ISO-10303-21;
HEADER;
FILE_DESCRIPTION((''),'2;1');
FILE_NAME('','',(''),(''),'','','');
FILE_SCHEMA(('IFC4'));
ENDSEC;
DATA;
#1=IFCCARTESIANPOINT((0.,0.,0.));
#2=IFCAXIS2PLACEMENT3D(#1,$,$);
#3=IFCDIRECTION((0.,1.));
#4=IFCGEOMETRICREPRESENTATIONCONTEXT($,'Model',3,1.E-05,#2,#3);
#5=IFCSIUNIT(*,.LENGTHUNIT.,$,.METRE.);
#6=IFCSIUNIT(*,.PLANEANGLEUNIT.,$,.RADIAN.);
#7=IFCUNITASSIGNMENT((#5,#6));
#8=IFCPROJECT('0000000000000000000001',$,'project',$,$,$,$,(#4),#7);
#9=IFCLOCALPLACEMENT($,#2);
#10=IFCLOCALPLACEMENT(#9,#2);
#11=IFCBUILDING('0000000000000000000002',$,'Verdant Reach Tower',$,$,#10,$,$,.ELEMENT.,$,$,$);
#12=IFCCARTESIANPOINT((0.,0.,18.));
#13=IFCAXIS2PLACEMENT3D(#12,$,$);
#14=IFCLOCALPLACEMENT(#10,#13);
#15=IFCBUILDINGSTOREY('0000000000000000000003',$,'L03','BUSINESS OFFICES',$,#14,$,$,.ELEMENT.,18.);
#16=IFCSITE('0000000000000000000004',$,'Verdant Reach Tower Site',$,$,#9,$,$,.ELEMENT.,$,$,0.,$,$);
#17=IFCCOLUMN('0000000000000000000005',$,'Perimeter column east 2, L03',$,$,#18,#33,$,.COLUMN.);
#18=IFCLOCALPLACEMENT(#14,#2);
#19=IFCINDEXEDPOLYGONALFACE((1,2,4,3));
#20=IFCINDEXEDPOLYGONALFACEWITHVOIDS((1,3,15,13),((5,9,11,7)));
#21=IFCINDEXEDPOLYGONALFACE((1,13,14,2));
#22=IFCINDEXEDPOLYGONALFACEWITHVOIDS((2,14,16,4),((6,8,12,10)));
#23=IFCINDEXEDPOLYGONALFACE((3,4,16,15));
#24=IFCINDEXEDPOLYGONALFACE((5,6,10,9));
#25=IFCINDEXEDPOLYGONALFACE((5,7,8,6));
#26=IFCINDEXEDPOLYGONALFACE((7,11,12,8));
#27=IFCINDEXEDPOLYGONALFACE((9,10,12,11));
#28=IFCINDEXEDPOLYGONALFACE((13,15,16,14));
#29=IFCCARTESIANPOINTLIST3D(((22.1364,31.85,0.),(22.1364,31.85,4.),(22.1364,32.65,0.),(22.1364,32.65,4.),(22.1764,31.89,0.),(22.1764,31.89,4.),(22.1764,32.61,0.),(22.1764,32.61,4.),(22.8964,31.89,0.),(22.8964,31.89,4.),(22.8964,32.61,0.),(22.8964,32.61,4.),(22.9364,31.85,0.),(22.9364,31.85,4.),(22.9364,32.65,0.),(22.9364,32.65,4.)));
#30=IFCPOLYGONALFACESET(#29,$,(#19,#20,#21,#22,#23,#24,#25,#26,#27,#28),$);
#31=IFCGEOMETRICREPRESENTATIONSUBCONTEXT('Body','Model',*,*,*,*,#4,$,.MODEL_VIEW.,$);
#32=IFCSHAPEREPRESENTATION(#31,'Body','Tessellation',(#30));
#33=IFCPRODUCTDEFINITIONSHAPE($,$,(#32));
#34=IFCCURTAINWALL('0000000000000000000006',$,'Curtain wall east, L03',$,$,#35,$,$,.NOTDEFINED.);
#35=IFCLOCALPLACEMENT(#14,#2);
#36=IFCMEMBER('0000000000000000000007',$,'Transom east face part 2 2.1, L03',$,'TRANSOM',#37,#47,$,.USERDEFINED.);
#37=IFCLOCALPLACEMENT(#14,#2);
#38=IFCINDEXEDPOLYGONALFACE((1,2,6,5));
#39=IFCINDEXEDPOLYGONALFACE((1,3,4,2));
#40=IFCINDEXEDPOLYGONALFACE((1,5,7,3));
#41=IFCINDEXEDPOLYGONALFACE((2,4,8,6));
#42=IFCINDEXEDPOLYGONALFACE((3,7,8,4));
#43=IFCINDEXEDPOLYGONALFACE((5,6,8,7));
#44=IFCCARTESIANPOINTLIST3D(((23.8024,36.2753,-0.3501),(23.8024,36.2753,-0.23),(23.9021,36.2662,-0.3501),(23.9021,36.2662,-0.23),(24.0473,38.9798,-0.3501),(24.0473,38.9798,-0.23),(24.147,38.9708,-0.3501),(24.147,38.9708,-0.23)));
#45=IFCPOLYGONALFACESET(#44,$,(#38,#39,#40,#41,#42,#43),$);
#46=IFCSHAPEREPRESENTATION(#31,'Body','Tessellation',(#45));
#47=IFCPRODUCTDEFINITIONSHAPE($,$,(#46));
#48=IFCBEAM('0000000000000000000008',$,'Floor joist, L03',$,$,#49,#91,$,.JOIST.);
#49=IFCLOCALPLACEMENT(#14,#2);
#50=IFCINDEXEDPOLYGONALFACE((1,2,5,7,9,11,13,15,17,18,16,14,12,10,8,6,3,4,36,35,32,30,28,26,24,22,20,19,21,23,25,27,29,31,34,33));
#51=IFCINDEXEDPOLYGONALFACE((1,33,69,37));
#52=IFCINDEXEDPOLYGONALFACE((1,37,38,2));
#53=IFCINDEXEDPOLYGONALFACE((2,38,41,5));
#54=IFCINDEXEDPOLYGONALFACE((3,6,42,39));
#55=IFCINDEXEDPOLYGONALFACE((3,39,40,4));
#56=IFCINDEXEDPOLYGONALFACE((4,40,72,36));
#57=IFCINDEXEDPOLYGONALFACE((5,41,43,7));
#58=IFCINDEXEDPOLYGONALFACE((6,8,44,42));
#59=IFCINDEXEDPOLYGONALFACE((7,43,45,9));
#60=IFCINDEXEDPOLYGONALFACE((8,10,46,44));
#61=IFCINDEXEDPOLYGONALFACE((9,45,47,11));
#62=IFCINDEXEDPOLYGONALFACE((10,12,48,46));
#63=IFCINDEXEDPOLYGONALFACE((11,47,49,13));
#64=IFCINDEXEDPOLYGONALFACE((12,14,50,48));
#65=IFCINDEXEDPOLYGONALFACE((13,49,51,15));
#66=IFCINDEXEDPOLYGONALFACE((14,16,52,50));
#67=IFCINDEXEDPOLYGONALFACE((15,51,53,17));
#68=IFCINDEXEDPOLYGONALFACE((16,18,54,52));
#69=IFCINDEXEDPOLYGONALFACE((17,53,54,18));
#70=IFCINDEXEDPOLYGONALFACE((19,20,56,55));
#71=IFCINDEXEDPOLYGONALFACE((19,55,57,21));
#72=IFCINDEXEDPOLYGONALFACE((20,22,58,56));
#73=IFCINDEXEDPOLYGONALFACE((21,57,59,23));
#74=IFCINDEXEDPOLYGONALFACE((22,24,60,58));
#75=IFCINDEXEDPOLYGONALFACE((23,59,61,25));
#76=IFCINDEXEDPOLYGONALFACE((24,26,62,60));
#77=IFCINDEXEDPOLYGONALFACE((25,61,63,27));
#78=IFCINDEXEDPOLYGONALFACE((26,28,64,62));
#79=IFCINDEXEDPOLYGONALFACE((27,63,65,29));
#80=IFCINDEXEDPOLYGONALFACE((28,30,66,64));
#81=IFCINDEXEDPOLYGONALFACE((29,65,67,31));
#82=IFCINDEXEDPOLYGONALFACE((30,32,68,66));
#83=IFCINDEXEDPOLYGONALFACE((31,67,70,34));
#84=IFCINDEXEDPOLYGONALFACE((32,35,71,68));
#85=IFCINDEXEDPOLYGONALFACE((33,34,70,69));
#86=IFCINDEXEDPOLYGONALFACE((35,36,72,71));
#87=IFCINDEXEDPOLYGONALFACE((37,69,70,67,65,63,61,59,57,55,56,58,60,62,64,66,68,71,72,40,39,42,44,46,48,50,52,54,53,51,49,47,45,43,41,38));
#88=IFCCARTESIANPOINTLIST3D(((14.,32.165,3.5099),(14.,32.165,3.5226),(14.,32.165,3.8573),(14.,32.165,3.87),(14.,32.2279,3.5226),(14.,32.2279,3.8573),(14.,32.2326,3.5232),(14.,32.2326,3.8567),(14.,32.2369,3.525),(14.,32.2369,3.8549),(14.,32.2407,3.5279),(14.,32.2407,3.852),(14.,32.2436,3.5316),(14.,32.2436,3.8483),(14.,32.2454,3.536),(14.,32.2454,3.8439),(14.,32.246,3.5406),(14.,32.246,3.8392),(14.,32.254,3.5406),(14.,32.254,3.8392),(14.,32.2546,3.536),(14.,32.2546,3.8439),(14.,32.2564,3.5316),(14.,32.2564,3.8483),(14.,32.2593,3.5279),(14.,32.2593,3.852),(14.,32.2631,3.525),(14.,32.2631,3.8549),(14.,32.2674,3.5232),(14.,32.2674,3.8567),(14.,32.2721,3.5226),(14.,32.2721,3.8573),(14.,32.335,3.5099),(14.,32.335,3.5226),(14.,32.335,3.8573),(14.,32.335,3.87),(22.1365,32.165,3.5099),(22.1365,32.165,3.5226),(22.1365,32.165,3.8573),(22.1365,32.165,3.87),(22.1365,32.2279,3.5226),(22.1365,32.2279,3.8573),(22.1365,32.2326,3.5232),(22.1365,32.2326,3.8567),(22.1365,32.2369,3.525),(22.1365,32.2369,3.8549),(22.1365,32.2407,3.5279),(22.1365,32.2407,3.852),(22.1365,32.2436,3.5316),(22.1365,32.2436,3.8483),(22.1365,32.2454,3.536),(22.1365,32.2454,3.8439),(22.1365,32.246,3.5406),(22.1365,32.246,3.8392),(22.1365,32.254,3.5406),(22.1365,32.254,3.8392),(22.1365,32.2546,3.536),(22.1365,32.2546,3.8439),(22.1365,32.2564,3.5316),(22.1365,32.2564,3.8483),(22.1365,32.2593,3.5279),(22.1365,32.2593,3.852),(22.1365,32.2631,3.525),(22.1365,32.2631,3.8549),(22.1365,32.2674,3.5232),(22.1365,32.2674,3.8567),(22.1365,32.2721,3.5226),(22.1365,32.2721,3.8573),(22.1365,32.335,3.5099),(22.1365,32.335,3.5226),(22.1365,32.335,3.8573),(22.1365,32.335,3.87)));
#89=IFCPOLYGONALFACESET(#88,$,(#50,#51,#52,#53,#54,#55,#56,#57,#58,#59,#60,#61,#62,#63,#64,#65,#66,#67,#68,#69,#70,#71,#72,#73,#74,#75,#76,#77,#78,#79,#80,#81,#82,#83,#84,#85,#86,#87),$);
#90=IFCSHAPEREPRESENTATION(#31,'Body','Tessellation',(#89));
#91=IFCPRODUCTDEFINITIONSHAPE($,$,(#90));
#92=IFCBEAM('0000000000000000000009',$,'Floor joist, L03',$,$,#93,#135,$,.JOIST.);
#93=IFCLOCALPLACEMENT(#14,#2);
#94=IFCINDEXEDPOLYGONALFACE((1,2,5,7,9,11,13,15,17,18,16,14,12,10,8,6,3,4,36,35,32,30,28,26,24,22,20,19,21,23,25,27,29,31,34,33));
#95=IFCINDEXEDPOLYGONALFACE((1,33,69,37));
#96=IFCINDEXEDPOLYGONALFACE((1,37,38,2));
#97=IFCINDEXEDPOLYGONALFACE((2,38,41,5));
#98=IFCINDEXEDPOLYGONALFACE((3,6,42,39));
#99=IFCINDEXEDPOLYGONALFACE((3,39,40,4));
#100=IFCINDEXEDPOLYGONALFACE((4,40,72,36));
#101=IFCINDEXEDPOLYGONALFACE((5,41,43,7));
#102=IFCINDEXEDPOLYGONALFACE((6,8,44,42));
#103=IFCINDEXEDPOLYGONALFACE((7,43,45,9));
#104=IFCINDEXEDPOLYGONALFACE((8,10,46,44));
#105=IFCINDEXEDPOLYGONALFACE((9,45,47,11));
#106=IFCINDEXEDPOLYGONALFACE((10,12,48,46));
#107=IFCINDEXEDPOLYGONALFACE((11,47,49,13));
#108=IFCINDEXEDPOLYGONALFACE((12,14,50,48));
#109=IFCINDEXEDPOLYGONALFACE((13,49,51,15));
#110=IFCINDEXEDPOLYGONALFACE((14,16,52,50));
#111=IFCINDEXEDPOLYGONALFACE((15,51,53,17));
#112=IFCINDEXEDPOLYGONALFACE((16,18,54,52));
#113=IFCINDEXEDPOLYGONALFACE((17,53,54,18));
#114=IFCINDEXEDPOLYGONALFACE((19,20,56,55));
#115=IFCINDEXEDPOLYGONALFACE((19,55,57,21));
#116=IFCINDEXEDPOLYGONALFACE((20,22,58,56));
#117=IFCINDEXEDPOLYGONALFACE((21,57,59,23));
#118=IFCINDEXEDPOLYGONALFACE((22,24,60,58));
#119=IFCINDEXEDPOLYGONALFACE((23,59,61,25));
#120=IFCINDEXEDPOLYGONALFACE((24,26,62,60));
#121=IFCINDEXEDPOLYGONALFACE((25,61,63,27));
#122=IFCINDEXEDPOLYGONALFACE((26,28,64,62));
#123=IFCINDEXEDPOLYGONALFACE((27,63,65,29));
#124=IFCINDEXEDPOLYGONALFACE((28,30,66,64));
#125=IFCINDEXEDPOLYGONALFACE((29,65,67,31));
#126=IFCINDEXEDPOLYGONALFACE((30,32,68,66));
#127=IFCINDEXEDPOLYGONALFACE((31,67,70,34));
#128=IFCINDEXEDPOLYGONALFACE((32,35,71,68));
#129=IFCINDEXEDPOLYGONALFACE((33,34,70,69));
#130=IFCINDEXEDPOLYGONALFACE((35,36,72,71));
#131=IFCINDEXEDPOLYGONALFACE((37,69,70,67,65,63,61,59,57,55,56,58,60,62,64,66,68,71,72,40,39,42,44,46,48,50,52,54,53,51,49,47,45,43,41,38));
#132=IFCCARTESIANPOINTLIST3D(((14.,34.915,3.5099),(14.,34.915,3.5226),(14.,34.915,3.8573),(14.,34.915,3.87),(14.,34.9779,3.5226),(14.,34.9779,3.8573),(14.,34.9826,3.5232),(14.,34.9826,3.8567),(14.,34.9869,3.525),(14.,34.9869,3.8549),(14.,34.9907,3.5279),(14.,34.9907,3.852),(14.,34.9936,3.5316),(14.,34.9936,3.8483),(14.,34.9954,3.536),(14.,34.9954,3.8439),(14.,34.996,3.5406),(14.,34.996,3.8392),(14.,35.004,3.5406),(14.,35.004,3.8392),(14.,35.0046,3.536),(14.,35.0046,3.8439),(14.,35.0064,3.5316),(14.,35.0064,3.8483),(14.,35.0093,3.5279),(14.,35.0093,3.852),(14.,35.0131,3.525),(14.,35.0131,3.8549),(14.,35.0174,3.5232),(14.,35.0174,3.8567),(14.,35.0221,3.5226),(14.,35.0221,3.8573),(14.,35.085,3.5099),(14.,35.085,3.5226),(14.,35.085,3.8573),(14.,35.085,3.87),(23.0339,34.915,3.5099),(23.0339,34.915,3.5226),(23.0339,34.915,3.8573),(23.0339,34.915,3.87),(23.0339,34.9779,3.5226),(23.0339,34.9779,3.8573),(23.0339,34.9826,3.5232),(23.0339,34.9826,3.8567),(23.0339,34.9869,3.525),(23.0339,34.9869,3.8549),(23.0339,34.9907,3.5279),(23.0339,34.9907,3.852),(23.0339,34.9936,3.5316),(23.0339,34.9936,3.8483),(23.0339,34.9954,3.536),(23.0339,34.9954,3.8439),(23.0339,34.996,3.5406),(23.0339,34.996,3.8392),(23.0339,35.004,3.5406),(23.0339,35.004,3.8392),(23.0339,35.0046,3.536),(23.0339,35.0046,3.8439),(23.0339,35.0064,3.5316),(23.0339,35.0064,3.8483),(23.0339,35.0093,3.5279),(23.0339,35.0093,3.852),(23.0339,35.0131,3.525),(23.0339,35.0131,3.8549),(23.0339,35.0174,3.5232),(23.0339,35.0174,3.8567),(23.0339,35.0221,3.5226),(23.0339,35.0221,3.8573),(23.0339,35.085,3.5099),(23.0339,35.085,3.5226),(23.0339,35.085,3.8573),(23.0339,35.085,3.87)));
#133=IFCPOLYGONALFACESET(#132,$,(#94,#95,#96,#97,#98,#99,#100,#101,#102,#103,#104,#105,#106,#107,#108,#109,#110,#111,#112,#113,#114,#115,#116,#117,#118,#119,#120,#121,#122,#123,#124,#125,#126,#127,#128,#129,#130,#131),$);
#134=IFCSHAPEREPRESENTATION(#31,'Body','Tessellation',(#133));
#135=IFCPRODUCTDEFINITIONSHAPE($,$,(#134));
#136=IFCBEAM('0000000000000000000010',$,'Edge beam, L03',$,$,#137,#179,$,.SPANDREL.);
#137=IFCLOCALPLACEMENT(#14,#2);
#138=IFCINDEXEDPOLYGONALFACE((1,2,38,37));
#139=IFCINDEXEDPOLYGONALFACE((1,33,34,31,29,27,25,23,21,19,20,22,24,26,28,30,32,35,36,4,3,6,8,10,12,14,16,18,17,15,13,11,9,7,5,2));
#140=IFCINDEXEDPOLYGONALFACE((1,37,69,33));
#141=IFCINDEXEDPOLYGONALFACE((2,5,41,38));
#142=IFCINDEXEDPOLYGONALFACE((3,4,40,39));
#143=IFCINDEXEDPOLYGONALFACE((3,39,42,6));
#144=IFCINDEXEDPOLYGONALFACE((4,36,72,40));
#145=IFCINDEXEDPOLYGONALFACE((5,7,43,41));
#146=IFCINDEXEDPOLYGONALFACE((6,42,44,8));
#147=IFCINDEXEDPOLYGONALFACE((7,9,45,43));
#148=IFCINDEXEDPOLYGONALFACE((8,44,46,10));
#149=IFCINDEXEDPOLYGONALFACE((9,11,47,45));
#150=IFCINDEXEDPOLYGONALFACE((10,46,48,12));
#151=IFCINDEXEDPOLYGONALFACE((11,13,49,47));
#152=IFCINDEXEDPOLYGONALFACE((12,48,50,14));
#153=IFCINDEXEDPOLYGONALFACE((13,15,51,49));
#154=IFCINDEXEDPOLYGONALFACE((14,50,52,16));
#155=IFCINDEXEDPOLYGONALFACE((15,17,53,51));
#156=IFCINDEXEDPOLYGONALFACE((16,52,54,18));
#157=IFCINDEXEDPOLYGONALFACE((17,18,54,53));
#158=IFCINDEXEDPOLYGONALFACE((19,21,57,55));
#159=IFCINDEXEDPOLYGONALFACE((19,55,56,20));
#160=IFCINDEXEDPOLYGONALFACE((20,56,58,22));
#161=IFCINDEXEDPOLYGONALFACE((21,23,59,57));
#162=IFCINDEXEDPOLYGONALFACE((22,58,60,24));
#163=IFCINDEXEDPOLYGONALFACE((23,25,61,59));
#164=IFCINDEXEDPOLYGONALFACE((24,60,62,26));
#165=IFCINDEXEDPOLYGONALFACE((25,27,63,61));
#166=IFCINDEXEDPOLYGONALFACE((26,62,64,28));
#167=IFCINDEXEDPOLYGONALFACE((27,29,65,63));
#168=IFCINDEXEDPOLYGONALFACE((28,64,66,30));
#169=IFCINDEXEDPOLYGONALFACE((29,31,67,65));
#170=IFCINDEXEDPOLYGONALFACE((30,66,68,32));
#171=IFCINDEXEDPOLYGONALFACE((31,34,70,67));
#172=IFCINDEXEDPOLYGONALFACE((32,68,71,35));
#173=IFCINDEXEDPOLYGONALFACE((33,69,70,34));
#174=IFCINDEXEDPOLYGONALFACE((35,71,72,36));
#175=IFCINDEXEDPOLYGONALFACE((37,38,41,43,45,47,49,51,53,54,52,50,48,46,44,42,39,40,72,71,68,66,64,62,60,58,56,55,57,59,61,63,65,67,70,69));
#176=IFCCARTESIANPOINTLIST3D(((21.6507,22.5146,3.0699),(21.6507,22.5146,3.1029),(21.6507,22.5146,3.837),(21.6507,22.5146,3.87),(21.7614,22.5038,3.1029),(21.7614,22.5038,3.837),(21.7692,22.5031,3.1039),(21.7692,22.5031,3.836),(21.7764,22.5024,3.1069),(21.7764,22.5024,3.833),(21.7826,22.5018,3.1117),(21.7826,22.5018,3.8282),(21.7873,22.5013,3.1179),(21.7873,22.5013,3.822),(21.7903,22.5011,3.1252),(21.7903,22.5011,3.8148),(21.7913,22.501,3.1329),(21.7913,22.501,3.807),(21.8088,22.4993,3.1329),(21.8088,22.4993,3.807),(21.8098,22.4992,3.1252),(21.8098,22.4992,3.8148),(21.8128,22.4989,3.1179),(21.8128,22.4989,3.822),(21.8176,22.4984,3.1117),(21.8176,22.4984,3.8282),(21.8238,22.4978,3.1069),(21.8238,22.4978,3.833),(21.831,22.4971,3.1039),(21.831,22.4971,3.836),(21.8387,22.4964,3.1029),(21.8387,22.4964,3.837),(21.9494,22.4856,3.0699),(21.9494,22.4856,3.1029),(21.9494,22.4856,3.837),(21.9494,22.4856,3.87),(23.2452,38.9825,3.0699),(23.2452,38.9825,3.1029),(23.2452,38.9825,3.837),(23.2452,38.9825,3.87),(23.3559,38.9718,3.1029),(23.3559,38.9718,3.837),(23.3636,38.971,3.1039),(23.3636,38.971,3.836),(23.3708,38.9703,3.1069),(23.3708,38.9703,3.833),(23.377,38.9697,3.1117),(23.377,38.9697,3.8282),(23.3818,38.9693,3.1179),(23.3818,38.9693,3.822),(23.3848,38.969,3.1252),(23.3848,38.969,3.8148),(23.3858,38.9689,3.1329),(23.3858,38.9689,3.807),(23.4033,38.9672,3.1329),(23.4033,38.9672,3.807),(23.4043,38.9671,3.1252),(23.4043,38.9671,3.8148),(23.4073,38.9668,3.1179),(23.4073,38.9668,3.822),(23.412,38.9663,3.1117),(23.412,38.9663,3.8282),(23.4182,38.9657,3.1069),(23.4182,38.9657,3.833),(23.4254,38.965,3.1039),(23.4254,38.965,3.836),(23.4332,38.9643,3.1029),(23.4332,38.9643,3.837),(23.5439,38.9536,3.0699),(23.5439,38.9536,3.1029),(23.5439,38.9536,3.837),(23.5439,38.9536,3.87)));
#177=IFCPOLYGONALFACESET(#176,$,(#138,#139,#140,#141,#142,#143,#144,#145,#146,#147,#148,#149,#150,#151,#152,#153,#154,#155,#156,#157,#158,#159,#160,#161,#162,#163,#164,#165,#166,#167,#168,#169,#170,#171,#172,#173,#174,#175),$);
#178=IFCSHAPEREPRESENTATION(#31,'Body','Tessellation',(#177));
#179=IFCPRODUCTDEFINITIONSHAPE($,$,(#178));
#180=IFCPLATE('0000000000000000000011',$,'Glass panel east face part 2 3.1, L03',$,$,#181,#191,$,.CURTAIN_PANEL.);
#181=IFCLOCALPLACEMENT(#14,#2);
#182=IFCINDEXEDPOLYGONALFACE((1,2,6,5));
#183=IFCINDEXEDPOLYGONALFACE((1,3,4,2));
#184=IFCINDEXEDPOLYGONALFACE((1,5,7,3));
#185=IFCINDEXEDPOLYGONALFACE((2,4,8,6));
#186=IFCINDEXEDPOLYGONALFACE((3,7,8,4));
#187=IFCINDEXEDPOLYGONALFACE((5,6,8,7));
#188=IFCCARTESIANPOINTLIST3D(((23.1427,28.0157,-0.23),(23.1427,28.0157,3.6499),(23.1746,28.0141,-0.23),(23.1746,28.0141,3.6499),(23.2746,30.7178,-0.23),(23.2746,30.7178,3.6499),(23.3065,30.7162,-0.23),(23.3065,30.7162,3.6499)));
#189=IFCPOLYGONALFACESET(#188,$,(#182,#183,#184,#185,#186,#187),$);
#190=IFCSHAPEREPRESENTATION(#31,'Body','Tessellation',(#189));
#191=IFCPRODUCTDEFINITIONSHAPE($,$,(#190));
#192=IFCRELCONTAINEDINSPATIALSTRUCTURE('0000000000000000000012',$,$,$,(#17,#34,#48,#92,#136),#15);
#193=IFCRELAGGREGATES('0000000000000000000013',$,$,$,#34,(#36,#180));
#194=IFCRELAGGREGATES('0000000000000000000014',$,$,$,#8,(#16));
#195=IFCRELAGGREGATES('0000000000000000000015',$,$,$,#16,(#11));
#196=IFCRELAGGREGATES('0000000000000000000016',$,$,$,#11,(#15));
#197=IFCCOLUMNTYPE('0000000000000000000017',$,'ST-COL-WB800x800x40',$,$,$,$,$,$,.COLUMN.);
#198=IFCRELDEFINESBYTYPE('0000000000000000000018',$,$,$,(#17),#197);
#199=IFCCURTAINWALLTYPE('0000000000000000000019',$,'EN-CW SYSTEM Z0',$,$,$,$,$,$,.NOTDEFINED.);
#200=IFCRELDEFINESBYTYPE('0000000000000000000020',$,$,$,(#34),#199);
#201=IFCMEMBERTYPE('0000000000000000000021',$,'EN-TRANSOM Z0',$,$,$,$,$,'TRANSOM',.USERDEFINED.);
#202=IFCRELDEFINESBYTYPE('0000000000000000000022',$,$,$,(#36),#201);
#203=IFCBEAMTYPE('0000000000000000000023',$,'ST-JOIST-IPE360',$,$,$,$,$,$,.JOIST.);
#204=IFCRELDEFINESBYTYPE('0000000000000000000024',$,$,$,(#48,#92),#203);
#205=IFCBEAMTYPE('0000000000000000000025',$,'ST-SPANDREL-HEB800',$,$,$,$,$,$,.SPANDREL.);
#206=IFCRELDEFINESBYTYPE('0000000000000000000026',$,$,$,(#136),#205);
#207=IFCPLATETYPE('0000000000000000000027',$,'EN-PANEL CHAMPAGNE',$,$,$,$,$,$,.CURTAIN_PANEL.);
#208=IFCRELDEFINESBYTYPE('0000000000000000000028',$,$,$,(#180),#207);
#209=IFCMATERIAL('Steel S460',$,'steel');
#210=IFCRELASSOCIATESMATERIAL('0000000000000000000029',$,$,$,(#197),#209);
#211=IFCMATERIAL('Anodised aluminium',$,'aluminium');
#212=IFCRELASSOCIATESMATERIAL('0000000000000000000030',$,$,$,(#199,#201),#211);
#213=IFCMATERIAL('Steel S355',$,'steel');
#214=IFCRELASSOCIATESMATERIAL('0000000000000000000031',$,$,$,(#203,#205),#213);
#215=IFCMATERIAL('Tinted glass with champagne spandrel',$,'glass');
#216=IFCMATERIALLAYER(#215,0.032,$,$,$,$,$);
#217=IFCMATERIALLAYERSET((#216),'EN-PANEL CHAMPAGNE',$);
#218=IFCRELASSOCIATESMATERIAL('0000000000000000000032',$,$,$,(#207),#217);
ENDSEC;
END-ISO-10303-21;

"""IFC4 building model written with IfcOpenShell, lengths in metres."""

from ifc_helpers import new_model, si_unit, direction, frame, origin, origin_2d, place, context, subcontext, project, spatial, rectangle, hollow_rectangle, i_section, extrude, material, layer, layer_set, material_profile, profile_set, type_object, element, aggregate, save


model = new_model("IFC4")

# Units and contexts
model_context = context("Model", 3, precision=1e-05, world=origin(), true_north=direction((0.0, 1.0)))
body_context = subcontext(model_context, "Body", "Model", "MODEL_VIEW")
ifc_project = project(units=[si_unit("LENGTHUNIT", "METRE"), si_unit("PLANEANGLEUNIT", "RADIAN")], contexts=[model_context])

# Site, building, storey
site_placement = place(None, origin())
site = spatial("IfcSite", under=ifc_project, at=site_placement, Name="Verdant Reach Tower Site", CompositionType="ELEMENT", RefElevation=0.0)
building_placement = place(site_placement, origin())
building = spatial("IfcBuilding", under=site, at=building_placement, Name="Verdant Reach Tower", CompositionType="ELEMENT")
storey_placement = place(building_placement, frame((0.0, 0.0, 18.0)))
storey = spatial("IfcBuildingStorey", under=building, at=storey_placement, Name="L03", Description="BUSINESS OFFICES", CompositionType="ELEMENT", Elevation=18.0)

# Column
ifc_material_1 = material(Name="Steel S460", Category="steel")
ifc_material_profile_1 = material_profile(ifc_material_1, hollow_rectangle(XDim=0.8, YDim=0.8, WallThickness=0.04, at=origin_2d()), Name="WB 800x800x40")
ifc_profile_set_1 = profile_set([ifc_material_profile_1], Name="Steel S460")
column_type = type_object("IfcColumnType", Name="ST-COL-WB800x800x40", PredefinedType="COLUMN", material=ifc_profile_set_1)
column_placement = place(storey_placement, frame((22.5364, 32.25, 0.0), z_axis=(0.0, 0.0, 1.0), x_axis=(1.0, 0.0, 0.0)))
element("IfcColumn", 1, at=column_placement, inside=storey, type_object=column_type, Name="Perimeter column east 2, L03", PredefinedType="COLUMN", context=body_context, shape_type="SweptSolid", body=[
    extrude(hollow_rectangle(XDim=0.8, YDim=0.8, WallThickness=0.04, at=origin_2d()), origin(), (0.0, 0.0, 1.0), 4.0),
])

# Curtain wall, member
ifc_material_2 = material(Name="Anodised aluminium", Category="aluminium")
curtain_wall_type = type_object("IfcCurtainWallType", Name="EN-CW SYSTEM Z0", PredefinedType="NOTDEFINED", material=ifc_material_2)
curtain_wall_placement = place(storey_placement, origin())
curtain_wall = element("IfcCurtainWall", 2, at=curtain_wall_placement, inside=storey, type_object=curtain_wall_type, Name="Curtain wall east, L03", PredefinedType="NOTDEFINED")
ifc_material_profile_2 = material_profile(ifc_material_2, rectangle(XDim=0.1001, YDim=0.1201, at=origin_2d()), Name="Transom 120x100")
ifc_profile_set_2 = profile_set([ifc_material_profile_2], Name="Anodised aluminium")
member_type = type_object("IfcMemberType", Name="EN-TRANSOM Z0", ElementType="TRANSOM", PredefinedType="USERDEFINED", material=ifc_profile_set_2)
member_placement = place(storey_placement, frame((23.8523, 36.2708, -0.29), z_axis=(0.090171, 0.995926, 0.0), x_axis=(-0.995926, 0.090171, 0.0)))
member = element("IfcMember", 3, at=member_placement, type_object=member_type, Name="Transom east face part 2 2.1, L03", ObjectType="TRANSOM", PredefinedType="USERDEFINED", context=body_context, shape_type="SweptSolid", body=[
    extrude(rectangle(XDim=0.1001, YDim=0.1201, at=origin_2d()), origin(), (0.0, 0.0, 1.0), 2.7156),
])

# Beams
ifc_material_3 = material(Name="Steel S355", Category="steel")
ifc_material_profile_3 = material_profile(ifc_material_3, i_section(OverallWidth=0.1699, OverallDepth=0.3601, WebThickness=0.0081, FlangeThickness=0.0127, FilletRadius=0.0181, at=origin_2d()), Name="IPE 360")
ifc_profile_set_3 = profile_set([ifc_material_profile_3], Name="Steel S355")
beam_type_1 = type_object("IfcBeamType", Name="ST-JOIST-IPE360", PredefinedType="JOIST", material=ifc_profile_set_3)
beam_1_placement = place(storey_placement, frame((14.0, 32.25, 3.6899), z_axis=(1.0, 0.0, 0.0), x_axis=(0.0, 1.0, 0.0)))
element("IfcBeam", 4, at=beam_1_placement, inside=storey, type_object=beam_type_1, Name="Floor joist, L03", PredefinedType="JOIST", context=body_context, shape_type="SweptSolid", body=[
    extrude(i_section(OverallWidth=0.1699, OverallDepth=0.3601, WebThickness=0.0081, FlangeThickness=0.0127, FilletRadius=0.0181, at=origin_2d()), origin(), (0.0, 0.0, 1.0), 8.1365),
])
beam_2_placement = place(storey_placement, frame((14.0, 35.0, 3.6899), z_axis=(1.0, 0.0, 0.0), x_axis=(0.0, 1.0, 0.0)))
element("IfcBeam", 5, at=beam_2_placement, inside=storey, type_object=beam_type_1, Name="Floor joist, L03", PredefinedType="JOIST", context=body_context, shape_type="SweptSolid", body=[
    extrude(i_section(OverallWidth=0.1699, OverallDepth=0.3601, WebThickness=0.0081, FlangeThickness=0.0127, FilletRadius=0.0181, at=origin_2d()), origin(), (0.0, 0.0, 1.0), 9.0339),
])
ifc_material_profile_4 = material_profile(ifc_material_3, i_section(OverallWidth=0.3, OverallDepth=0.8, WebThickness=0.0176, FlangeThickness=0.033, FilletRadius=0.03, at=origin_2d()), Name="HEB 800")
ifc_profile_set_4 = profile_set([ifc_material_profile_4], Name="Steel S355")
beam_type_2 = type_object("IfcBeamType", Name="ST-SPANDREL-HEB800", PredefinedType="SPANDREL", material=ifc_profile_set_4)
beam_3_placement = place(storey_placement, frame((23.3945, 38.968, 3.47), z_axis=(-0.096372, -0.995345, 0.0), x_axis=(0.995345, -0.096372, 0.0)))
element("IfcBeam", 6, at=beam_3_placement, inside=storey, type_object=beam_type_2, Name="Edge beam, L03", PredefinedType="SPANDREL", context=body_context, shape_type="SweptSolid", body=[
    extrude(i_section(OverallWidth=0.3, OverallDepth=0.8, WebThickness=0.0176, FlangeThickness=0.033, FilletRadius=0.03, at=origin_2d()), origin(), (0.0, 0.0, 1.0), 16.5449),
])

# Plate
ifc_material_4 = material(Name="Tinted glass with champagne spandrel", Category="glass")
ifc_layer_1 = layer(ifc_material_4, 0.032)
ifc_layer_set_1 = layer_set([ifc_layer_1], Name="EN-PANEL CHAMPAGNE")
plate_type_1 = type_object("IfcPlateType", Name="EN-PANEL CHAMPAGNE", PredefinedType="CURTAIN_PANEL", material=ifc_layer_set_1)
plate_1_placement = place(storey_placement, frame((23.2246, 29.366, -0.23), z_axis=(0.0, 0.0, 1.0), x_axis=(0.048753, 0.998811, 0.0)))
plate_1 = element("IfcPlate", 7, at=plate_1_placement, type_object=plate_type_1, Name="Glass panel east face part 2 3.1, L03", PredefinedType="CURTAIN_PANEL", context=body_context, shape_type="SweptSolid", body=[
    extrude(rectangle(XDim=2.7053, YDim=0.032, at=origin_2d()), origin(), (0.0, 0.0, 1.0), 3.8799),
])
aggregate(curtain_wall, [member, plate_1])

save(model, "model.ifc")
